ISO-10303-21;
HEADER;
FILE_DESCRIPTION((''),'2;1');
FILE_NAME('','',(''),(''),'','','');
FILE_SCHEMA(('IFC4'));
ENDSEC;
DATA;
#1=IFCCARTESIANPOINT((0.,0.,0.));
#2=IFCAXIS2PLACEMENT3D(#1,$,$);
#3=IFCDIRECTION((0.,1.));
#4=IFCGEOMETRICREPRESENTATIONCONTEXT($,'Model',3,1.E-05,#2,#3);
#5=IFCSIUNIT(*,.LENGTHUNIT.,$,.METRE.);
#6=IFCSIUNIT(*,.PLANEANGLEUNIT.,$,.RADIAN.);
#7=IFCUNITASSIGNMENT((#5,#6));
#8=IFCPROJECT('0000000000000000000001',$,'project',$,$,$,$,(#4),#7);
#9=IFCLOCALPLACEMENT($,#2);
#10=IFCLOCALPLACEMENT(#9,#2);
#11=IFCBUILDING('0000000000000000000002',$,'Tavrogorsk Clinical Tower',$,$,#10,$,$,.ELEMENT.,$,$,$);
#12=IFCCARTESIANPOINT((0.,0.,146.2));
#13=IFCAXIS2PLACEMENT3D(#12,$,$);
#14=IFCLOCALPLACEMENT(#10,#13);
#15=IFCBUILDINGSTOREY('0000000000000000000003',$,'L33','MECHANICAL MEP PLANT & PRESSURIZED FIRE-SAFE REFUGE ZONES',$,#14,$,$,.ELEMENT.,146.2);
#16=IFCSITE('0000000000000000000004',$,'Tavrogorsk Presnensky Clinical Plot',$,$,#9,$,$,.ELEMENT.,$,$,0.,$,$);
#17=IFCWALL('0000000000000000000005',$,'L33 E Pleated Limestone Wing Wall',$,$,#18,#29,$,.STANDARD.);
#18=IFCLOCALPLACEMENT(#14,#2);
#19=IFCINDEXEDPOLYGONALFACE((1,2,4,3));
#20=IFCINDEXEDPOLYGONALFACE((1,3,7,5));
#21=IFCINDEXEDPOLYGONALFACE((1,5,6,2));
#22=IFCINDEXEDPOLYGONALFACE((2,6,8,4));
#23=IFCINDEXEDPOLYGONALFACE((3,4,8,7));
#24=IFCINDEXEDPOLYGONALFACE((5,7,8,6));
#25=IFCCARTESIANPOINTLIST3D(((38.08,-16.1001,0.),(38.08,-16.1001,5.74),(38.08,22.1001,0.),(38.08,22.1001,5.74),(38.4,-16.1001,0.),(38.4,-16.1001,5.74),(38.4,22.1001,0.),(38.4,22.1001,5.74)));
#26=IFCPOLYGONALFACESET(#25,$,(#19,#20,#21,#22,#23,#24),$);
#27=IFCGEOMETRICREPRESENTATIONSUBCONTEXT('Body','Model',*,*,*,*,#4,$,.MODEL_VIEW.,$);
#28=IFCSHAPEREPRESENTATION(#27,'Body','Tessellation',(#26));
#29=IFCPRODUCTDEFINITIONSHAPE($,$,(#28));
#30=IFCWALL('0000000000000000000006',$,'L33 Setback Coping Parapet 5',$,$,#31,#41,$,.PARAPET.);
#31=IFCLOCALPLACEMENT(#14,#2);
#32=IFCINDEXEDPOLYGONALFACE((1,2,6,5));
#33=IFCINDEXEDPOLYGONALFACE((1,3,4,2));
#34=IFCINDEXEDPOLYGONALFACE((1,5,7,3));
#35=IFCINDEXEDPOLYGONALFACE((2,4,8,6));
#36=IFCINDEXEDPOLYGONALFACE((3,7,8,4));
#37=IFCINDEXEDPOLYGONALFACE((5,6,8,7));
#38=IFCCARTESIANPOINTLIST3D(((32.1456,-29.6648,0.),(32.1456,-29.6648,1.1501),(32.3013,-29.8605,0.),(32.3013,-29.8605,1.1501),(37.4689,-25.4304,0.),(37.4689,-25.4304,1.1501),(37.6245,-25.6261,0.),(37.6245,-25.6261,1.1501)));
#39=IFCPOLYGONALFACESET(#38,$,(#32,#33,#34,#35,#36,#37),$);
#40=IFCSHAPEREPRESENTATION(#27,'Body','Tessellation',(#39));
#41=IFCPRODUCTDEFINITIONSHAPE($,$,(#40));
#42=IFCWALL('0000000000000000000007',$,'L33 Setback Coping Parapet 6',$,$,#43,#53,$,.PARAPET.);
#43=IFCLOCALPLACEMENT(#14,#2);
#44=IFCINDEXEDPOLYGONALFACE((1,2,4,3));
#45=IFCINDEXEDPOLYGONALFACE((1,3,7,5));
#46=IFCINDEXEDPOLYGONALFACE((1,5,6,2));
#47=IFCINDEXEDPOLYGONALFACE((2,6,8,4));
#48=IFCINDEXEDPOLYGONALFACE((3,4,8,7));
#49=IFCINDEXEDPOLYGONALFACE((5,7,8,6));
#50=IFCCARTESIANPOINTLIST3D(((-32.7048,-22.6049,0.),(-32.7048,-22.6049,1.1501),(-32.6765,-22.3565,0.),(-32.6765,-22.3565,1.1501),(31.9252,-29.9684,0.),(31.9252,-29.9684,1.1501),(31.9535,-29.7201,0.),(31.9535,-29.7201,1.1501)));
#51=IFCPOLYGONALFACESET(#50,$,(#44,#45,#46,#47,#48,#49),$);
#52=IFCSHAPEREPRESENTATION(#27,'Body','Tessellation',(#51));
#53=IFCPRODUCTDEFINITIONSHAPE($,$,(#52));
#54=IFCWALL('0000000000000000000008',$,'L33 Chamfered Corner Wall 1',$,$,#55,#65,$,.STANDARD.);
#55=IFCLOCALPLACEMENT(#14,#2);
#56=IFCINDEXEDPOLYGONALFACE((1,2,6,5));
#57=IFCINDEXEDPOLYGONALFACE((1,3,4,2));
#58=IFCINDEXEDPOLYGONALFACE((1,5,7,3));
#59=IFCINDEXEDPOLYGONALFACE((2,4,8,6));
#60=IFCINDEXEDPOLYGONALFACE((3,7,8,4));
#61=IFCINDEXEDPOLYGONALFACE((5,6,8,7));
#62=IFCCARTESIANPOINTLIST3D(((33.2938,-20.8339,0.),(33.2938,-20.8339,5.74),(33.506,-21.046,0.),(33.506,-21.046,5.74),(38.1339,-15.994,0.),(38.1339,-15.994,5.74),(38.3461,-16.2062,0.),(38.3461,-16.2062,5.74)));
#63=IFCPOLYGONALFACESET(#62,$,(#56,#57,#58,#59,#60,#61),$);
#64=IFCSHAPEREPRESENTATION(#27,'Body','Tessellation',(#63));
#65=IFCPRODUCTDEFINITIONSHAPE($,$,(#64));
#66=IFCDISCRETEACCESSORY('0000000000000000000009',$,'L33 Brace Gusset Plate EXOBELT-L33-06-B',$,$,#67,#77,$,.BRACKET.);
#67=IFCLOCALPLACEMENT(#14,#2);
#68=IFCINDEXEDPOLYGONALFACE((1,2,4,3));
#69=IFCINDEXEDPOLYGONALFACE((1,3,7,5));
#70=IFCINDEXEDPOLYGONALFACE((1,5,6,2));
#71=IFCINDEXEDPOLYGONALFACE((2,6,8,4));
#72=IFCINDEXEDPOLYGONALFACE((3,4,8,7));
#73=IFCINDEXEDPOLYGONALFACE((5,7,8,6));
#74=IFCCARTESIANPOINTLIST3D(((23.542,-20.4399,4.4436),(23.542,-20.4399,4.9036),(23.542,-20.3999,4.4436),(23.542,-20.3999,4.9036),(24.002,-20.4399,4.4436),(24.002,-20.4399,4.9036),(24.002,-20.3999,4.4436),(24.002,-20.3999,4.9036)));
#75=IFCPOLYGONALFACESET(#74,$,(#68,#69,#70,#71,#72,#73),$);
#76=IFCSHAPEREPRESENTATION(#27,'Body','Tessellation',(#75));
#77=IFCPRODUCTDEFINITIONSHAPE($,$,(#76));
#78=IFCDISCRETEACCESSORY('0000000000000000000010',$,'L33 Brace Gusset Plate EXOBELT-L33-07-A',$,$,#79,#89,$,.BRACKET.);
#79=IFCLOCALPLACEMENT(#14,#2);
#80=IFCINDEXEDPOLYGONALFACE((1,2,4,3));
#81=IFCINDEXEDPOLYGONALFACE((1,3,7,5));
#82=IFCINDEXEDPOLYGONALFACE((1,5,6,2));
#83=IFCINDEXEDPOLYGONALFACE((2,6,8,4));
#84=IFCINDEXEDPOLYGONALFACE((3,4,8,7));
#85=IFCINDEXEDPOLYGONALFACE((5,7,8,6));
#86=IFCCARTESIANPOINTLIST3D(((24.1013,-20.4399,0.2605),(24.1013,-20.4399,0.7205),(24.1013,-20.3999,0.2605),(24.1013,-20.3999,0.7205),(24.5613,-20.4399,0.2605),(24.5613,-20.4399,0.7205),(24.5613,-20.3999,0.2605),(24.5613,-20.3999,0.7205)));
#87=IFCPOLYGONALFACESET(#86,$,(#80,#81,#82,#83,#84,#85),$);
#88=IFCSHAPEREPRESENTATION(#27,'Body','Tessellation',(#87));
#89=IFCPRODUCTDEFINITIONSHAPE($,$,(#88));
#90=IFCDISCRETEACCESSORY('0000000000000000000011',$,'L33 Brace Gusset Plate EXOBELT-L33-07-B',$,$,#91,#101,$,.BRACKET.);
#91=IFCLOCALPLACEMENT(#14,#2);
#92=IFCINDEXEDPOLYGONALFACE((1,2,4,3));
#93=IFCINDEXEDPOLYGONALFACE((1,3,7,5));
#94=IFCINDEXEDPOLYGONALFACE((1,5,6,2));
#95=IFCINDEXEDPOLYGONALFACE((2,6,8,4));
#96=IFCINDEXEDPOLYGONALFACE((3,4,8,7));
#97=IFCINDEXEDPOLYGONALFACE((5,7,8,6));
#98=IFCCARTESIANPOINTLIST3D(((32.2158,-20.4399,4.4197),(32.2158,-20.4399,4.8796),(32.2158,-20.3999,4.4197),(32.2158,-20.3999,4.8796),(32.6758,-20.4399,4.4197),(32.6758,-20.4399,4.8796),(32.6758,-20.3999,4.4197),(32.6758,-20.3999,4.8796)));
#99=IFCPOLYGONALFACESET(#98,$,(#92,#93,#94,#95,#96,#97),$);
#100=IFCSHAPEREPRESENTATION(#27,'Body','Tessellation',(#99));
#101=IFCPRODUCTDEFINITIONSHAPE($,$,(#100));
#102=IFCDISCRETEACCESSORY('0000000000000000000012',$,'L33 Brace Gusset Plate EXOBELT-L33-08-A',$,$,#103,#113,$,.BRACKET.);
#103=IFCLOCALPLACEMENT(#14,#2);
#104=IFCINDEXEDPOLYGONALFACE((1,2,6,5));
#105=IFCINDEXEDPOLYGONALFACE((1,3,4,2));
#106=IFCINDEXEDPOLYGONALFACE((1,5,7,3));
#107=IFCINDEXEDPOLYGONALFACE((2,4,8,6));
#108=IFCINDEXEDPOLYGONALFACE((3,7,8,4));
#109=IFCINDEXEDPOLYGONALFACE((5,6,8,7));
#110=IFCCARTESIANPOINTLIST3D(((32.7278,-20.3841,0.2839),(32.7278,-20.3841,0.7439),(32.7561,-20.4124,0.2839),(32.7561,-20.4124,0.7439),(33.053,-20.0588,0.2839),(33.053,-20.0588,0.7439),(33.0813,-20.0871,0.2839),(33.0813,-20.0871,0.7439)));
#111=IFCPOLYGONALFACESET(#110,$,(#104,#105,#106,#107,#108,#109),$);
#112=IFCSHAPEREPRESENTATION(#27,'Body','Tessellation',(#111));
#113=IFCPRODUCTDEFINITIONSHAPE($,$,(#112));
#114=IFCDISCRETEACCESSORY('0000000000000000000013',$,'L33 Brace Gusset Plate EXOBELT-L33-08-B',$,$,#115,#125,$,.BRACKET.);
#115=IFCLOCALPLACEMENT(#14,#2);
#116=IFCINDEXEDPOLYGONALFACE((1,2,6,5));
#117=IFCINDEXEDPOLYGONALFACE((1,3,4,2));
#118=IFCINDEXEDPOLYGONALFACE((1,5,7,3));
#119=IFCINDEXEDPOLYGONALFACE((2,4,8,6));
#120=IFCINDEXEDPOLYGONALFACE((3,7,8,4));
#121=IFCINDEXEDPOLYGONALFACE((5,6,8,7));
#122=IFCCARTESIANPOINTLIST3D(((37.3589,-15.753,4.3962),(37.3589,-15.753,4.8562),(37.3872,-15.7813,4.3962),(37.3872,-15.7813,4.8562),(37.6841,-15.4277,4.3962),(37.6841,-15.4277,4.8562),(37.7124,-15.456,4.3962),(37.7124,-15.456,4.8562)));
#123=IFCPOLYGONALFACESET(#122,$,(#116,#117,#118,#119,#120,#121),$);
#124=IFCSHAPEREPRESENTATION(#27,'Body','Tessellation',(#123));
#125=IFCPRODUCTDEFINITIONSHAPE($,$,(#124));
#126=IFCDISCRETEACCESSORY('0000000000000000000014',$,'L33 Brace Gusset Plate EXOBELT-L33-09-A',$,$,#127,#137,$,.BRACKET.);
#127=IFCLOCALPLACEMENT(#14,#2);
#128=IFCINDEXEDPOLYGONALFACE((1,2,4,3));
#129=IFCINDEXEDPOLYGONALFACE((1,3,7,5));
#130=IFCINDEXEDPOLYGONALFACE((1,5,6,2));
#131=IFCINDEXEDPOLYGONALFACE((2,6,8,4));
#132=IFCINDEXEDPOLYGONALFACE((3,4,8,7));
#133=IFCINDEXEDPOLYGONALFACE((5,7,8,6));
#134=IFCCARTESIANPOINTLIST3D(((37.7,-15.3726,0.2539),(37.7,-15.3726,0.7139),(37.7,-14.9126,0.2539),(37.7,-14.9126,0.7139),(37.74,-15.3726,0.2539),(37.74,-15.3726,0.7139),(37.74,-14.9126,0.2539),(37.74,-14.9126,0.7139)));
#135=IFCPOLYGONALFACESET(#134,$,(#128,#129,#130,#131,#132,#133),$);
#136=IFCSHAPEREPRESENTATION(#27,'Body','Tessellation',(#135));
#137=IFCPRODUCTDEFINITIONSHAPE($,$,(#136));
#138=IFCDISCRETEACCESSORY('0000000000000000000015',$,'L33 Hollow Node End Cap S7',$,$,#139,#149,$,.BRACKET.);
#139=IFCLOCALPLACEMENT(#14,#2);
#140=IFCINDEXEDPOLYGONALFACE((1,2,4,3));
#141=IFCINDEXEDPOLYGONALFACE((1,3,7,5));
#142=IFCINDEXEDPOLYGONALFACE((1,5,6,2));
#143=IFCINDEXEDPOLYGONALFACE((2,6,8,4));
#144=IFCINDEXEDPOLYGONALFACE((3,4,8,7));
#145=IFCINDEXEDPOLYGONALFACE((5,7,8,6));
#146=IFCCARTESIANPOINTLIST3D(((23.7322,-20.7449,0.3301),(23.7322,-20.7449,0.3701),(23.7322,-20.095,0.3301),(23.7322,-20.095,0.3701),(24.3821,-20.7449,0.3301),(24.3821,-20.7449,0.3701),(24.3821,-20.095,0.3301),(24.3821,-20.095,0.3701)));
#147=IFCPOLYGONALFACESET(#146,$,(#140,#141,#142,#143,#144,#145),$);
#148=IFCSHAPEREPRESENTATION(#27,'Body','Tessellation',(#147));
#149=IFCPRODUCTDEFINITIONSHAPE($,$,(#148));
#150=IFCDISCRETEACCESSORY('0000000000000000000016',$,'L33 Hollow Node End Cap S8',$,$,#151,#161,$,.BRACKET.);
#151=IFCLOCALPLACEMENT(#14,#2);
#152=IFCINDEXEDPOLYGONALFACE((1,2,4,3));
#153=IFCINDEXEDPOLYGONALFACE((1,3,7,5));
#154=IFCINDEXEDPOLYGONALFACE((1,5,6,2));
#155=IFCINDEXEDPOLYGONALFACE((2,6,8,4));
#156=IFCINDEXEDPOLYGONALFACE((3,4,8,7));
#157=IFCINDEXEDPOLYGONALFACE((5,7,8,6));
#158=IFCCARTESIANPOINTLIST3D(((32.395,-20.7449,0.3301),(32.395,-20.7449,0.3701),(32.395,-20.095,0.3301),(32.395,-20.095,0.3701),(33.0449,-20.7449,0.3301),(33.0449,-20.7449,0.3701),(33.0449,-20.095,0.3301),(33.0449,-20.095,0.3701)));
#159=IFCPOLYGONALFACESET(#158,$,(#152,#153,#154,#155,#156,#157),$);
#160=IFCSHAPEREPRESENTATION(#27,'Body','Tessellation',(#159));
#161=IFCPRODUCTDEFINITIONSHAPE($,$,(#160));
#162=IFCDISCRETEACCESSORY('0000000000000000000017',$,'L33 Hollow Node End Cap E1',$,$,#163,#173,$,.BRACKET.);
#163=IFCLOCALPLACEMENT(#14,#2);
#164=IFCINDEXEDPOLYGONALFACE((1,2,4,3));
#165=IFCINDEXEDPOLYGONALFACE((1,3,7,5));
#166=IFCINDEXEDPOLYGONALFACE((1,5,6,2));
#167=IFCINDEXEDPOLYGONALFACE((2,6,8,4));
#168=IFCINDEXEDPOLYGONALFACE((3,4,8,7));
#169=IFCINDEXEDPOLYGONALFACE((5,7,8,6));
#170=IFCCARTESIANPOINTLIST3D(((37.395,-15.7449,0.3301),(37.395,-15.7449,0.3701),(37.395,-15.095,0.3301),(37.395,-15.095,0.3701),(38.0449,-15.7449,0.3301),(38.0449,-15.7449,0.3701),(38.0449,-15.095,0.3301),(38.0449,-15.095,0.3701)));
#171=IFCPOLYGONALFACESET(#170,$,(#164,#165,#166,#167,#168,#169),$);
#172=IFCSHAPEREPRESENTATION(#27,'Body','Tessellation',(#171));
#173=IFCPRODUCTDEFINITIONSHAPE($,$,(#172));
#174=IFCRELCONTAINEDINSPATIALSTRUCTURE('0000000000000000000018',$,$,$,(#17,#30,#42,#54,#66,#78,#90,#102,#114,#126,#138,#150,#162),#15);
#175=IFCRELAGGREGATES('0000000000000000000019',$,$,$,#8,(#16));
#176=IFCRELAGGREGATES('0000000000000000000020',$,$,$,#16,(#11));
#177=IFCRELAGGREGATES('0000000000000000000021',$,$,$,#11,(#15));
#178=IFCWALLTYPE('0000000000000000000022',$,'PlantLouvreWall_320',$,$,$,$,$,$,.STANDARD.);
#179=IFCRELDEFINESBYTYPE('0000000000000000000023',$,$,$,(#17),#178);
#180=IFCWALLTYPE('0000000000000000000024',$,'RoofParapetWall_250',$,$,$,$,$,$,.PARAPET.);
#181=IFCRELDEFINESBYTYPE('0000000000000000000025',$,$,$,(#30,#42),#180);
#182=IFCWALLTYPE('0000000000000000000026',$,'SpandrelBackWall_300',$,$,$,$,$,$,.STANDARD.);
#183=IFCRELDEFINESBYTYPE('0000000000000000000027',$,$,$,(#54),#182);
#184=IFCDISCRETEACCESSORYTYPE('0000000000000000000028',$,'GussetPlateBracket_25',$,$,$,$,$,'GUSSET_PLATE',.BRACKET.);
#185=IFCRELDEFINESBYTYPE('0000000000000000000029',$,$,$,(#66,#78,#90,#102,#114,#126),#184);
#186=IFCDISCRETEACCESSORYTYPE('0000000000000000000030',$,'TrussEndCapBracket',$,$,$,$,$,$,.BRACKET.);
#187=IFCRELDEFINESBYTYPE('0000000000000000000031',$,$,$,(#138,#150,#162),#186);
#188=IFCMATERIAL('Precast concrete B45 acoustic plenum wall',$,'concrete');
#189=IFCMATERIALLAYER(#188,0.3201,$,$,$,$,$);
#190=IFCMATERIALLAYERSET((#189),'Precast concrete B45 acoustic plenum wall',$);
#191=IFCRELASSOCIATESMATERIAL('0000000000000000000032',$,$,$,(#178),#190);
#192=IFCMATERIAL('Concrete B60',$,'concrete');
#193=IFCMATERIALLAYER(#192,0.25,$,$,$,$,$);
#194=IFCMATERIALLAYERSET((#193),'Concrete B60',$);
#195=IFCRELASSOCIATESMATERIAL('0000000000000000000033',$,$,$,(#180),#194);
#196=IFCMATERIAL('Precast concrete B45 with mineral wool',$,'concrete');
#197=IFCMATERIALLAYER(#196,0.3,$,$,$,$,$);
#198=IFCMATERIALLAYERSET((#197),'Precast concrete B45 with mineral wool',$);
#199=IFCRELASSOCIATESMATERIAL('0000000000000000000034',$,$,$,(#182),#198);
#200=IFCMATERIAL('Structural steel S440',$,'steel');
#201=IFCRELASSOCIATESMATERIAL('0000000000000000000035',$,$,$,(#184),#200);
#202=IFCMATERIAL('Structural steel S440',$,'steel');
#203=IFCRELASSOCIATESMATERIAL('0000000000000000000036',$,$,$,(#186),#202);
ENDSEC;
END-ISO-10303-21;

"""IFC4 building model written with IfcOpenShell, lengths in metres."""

from ifc_helpers import new_model, si_unit, direction, frame, frame_2d, origin, origin_2d, place, context, subcontext, project, spatial, rectangle, extrude, material, layer, layer_set, type_object, element, save


model = new_model("IFC4")

# Units and contexts
model_context = context("Model", 3, precision=1e-05, world=origin(), true_north=direction((0.0, 1.0)))
body_context = subcontext(model_context, "Body", "Model", "MODEL_VIEW")
ifc_project = project(units=[si_unit("LENGTHUNIT", "METRE"), si_unit("PLANEANGLEUNIT", "RADIAN")], contexts=[model_context])

# Site, building, storey
site_placement = place(None, origin())
site = spatial("IfcSite", under=ifc_project, at=site_placement, Name="Tavrogorsk Presnensky Clinical Plot", CompositionType="ELEMENT", RefElevation=0.0)
building_placement = place(site_placement, origin())
building = spatial("IfcBuilding", under=site, at=building_placement, Name="Tavrogorsk Clinical Tower", CompositionType="ELEMENT")
storey_placement = place(building_placement, frame((0.0, 0.0, 146.2)))
storey = spatial("IfcBuildingStorey", under=building, at=storey_placement, Name="L33", Description="MECHANICAL MEP PLANT & PRESSURIZED FIRE-SAFE REFUGE ZONES", CompositionType="ELEMENT", Elevation=146.2)

# Walls
ifc_material_1 = material(Name="Precast concrete B45 acoustic plenum wall", Category="concrete")
ifc_layer_1 = layer(ifc_material_1, 0.3201)
ifc_layer_set_1 = layer_set([ifc_layer_1], Name="Precast concrete B45 acoustic plenum wall")
wall_type_1 = type_object("IfcWallType", Name="PlantLouvreWall_320", PredefinedType="STANDARD", material=ifc_layer_set_1)
wall_1_placement = place(storey_placement, frame((38.24, -16.1001, 0.0), z_axis=(0.0, 0.0, 1.0), x_axis=(0.0, 1.0, 0.0)))
element("IfcWall", 1, at=wall_1_placement, inside=storey, type_object=wall_type_1, Name="L33 E Pleated Limestone Wing Wall", PredefinedType="STANDARD", context=body_context, shape_type="SweptSolid", body=[
    extrude(rectangle(XDim=38.2002, YDim=0.3201, at=frame_2d((19.1001, 0.0))), origin(), (0.0, 0.0, 1.0), 5.74),
])
ifc_material_2 = material(Name="Concrete B60", Category="concrete")
ifc_layer_2 = layer(ifc_material_2, 0.25)
ifc_layer_set_2 = layer_set([ifc_layer_2], Name="Concrete B60")
wall_type_2 = type_object("IfcWallType", Name="RoofParapetWall_250", PredefinedType="PARAPET", material=ifc_layer_set_2)
wall_2_placement = place(storey_placement, frame((37.5466, -25.5283, 0.0), z_axis=(0.0, 0.0, 1.0), x_axis=(-0.782603, -0.622522, 0.0)))
element("IfcWall", 2, at=wall_2_placement, inside=storey, type_object=wall_type_2, Name="L33 Setback Coping Parapet 5", PredefinedType="PARAPET", context=body_context, shape_type="SweptSolid", body=[
    extrude(rectangle(XDim=6.802, YDim=0.25, at=frame_2d((3.4009, 0.0))), origin(), (0.0, 0.0, 1.0), 1.1501),
])
wall_3_placement = place(storey_placement, frame((31.9392, -29.8442, 0.0), z_axis=(0.0, 0.0, 1.0), x_axis=(-0.993572, 0.113201, 0.0)))
element("IfcWall", 3, at=wall_3_placement, inside=storey, type_object=wall_type_2, Name="L33 Setback Coping Parapet 6", PredefinedType="PARAPET", context=body_context, shape_type="SweptSolid", body=[
    extrude(rectangle(XDim=65.0481, YDim=0.25, at=frame_2d((32.5239, 0.0))), origin(), (0.0, 0.0, 1.0), 1.1501),
])
ifc_material_3 = material(Name="Precast concrete B45 with mineral wool", Category="concrete")
ifc_layer_3 = layer(ifc_material_3, 0.3)
ifc_layer_set_3 = layer_set([ifc_layer_3], Name="Precast concrete B45 with mineral wool")
wall_type_3 = type_object("IfcWallType", Name="SpandrelBackWall_300", PredefinedType="STANDARD", material=ifc_layer_set_3)
wall_4_placement = place(storey_placement, frame((33.3999, -20.9399, 0.0), z_axis=(0.0, 0.0, 1.0), x_axis=(0.707125, 0.707089, 0.0)))
element("IfcWall", 4, at=wall_4_placement, inside=storey, type_object=wall_type_3, Name="L33 Chamfered Corner Wall 1", PredefinedType="STANDARD", context=body_context, shape_type="SweptSolid", body=[
    extrude(rectangle(XDim=6.8447, YDim=0.3, at=frame_2d((3.4224, 0.0))), origin(), (0.0, 0.0, 1.0), 5.74),
])

# Discrete accessories
ifc_material_4 = material(Name="Structural steel S440", Category="steel")
discrete_accessory_type_1 = type_object("IfcDiscreteAccessoryType", Name="GussetPlateBracket_25", ElementType="GUSSET_PLATE", PredefinedType="BRACKET", material=ifc_material_4)
for number, where, z_axis, x_axis, name in (
    (5, (23.772, -20.4199, 4.4436), (0.0, 0.0, 1.0), (1.0, 0.0, 0.0), "L33 Brace Gusset Plate EXOBELT-L33-06-B"),
    (6, (24.3313, -20.4199, 0.2605), (0.0, 0.0, 1.0), (1.0, 0.0, 0.0), "L33 Brace Gusset Plate EXOBELT-L33-07-A"),
    (7, (32.4458, -20.4199, 4.4197), (0.0, 0.0, 1.0), (1.0, 0.0, 0.0), "L33 Brace Gusset Plate EXOBELT-L33-07-B"),
    (8, (32.9045, -20.2356, 0.2839), (0.0, 0.0, 1.0), (0.707107, 0.707107, 0.0), "L33 Brace Gusset Plate EXOBELT-L33-08-A"),
    (9, (37.5356, -15.6045, 4.3962), (0.0, 0.0, 1.0), (0.707107, 0.707107, 0.0), "L33 Brace Gusset Plate EXOBELT-L33-08-B"),
    (10, (37.72, -15.1426, 0.2539), (0.0, 0.0, 1.0), (0.0, 1.0, 0.0), "L33 Brace Gusset Plate EXOBELT-L33-09-A"),
):
    element("IfcDiscreteAccessory", number, at=place(storey_placement, frame(where, z_axis=z_axis, x_axis=x_axis)), inside=storey, type_object=discrete_accessory_type_1, Name=name, PredefinedType="BRACKET", context=body_context, shape_type="SweptSolid", body=[
        extrude(rectangle(XDim=0.46, YDim=0.04, at=origin_2d()), origin(), (0.0, 0.0, 1.0), 0.46),
    ])
ifc_material_5 = material(Name="Structural steel S440", Category="steel")
discrete_accessory_type_2 = type_object("IfcDiscreteAccessoryType", Name="TrussEndCapBracket", PredefinedType="BRACKET", material=ifc_material_5)
for number, where, z_axis, x_axis, name in (
    (11, (24.0571, -20.4199, 0.3301), (0.0, 0.0, 1.0), (1.0, 0.0, 0.0), "L33 Hollow Node End Cap S7"),
    (12, (32.72, -20.4199, 0.3301), (0.0, 0.0, 1.0), (1.0, 0.0, 0.0), "L33 Hollow Node End Cap S8"),
    (13, (37.72, -15.4199, 0.3301), (0.0, 0.0, 1.0), (1.0, 0.0, 0.0), "L33 Hollow Node End Cap E1"),
):
    element("IfcDiscreteAccessory", number, at=place(storey_placement, frame(where, z_axis=z_axis, x_axis=x_axis)), inside=storey, type_object=discrete_accessory_type_2, Name=name, PredefinedType="BRACKET", context=body_context, shape_type="SweptSolid", body=[
        extrude(rectangle(XDim=0.6499, YDim=0.6499, at=origin_2d()), origin(), (0.0, 0.0, 1.0), 0.04),
    ])

save(model, "model.ifc")
